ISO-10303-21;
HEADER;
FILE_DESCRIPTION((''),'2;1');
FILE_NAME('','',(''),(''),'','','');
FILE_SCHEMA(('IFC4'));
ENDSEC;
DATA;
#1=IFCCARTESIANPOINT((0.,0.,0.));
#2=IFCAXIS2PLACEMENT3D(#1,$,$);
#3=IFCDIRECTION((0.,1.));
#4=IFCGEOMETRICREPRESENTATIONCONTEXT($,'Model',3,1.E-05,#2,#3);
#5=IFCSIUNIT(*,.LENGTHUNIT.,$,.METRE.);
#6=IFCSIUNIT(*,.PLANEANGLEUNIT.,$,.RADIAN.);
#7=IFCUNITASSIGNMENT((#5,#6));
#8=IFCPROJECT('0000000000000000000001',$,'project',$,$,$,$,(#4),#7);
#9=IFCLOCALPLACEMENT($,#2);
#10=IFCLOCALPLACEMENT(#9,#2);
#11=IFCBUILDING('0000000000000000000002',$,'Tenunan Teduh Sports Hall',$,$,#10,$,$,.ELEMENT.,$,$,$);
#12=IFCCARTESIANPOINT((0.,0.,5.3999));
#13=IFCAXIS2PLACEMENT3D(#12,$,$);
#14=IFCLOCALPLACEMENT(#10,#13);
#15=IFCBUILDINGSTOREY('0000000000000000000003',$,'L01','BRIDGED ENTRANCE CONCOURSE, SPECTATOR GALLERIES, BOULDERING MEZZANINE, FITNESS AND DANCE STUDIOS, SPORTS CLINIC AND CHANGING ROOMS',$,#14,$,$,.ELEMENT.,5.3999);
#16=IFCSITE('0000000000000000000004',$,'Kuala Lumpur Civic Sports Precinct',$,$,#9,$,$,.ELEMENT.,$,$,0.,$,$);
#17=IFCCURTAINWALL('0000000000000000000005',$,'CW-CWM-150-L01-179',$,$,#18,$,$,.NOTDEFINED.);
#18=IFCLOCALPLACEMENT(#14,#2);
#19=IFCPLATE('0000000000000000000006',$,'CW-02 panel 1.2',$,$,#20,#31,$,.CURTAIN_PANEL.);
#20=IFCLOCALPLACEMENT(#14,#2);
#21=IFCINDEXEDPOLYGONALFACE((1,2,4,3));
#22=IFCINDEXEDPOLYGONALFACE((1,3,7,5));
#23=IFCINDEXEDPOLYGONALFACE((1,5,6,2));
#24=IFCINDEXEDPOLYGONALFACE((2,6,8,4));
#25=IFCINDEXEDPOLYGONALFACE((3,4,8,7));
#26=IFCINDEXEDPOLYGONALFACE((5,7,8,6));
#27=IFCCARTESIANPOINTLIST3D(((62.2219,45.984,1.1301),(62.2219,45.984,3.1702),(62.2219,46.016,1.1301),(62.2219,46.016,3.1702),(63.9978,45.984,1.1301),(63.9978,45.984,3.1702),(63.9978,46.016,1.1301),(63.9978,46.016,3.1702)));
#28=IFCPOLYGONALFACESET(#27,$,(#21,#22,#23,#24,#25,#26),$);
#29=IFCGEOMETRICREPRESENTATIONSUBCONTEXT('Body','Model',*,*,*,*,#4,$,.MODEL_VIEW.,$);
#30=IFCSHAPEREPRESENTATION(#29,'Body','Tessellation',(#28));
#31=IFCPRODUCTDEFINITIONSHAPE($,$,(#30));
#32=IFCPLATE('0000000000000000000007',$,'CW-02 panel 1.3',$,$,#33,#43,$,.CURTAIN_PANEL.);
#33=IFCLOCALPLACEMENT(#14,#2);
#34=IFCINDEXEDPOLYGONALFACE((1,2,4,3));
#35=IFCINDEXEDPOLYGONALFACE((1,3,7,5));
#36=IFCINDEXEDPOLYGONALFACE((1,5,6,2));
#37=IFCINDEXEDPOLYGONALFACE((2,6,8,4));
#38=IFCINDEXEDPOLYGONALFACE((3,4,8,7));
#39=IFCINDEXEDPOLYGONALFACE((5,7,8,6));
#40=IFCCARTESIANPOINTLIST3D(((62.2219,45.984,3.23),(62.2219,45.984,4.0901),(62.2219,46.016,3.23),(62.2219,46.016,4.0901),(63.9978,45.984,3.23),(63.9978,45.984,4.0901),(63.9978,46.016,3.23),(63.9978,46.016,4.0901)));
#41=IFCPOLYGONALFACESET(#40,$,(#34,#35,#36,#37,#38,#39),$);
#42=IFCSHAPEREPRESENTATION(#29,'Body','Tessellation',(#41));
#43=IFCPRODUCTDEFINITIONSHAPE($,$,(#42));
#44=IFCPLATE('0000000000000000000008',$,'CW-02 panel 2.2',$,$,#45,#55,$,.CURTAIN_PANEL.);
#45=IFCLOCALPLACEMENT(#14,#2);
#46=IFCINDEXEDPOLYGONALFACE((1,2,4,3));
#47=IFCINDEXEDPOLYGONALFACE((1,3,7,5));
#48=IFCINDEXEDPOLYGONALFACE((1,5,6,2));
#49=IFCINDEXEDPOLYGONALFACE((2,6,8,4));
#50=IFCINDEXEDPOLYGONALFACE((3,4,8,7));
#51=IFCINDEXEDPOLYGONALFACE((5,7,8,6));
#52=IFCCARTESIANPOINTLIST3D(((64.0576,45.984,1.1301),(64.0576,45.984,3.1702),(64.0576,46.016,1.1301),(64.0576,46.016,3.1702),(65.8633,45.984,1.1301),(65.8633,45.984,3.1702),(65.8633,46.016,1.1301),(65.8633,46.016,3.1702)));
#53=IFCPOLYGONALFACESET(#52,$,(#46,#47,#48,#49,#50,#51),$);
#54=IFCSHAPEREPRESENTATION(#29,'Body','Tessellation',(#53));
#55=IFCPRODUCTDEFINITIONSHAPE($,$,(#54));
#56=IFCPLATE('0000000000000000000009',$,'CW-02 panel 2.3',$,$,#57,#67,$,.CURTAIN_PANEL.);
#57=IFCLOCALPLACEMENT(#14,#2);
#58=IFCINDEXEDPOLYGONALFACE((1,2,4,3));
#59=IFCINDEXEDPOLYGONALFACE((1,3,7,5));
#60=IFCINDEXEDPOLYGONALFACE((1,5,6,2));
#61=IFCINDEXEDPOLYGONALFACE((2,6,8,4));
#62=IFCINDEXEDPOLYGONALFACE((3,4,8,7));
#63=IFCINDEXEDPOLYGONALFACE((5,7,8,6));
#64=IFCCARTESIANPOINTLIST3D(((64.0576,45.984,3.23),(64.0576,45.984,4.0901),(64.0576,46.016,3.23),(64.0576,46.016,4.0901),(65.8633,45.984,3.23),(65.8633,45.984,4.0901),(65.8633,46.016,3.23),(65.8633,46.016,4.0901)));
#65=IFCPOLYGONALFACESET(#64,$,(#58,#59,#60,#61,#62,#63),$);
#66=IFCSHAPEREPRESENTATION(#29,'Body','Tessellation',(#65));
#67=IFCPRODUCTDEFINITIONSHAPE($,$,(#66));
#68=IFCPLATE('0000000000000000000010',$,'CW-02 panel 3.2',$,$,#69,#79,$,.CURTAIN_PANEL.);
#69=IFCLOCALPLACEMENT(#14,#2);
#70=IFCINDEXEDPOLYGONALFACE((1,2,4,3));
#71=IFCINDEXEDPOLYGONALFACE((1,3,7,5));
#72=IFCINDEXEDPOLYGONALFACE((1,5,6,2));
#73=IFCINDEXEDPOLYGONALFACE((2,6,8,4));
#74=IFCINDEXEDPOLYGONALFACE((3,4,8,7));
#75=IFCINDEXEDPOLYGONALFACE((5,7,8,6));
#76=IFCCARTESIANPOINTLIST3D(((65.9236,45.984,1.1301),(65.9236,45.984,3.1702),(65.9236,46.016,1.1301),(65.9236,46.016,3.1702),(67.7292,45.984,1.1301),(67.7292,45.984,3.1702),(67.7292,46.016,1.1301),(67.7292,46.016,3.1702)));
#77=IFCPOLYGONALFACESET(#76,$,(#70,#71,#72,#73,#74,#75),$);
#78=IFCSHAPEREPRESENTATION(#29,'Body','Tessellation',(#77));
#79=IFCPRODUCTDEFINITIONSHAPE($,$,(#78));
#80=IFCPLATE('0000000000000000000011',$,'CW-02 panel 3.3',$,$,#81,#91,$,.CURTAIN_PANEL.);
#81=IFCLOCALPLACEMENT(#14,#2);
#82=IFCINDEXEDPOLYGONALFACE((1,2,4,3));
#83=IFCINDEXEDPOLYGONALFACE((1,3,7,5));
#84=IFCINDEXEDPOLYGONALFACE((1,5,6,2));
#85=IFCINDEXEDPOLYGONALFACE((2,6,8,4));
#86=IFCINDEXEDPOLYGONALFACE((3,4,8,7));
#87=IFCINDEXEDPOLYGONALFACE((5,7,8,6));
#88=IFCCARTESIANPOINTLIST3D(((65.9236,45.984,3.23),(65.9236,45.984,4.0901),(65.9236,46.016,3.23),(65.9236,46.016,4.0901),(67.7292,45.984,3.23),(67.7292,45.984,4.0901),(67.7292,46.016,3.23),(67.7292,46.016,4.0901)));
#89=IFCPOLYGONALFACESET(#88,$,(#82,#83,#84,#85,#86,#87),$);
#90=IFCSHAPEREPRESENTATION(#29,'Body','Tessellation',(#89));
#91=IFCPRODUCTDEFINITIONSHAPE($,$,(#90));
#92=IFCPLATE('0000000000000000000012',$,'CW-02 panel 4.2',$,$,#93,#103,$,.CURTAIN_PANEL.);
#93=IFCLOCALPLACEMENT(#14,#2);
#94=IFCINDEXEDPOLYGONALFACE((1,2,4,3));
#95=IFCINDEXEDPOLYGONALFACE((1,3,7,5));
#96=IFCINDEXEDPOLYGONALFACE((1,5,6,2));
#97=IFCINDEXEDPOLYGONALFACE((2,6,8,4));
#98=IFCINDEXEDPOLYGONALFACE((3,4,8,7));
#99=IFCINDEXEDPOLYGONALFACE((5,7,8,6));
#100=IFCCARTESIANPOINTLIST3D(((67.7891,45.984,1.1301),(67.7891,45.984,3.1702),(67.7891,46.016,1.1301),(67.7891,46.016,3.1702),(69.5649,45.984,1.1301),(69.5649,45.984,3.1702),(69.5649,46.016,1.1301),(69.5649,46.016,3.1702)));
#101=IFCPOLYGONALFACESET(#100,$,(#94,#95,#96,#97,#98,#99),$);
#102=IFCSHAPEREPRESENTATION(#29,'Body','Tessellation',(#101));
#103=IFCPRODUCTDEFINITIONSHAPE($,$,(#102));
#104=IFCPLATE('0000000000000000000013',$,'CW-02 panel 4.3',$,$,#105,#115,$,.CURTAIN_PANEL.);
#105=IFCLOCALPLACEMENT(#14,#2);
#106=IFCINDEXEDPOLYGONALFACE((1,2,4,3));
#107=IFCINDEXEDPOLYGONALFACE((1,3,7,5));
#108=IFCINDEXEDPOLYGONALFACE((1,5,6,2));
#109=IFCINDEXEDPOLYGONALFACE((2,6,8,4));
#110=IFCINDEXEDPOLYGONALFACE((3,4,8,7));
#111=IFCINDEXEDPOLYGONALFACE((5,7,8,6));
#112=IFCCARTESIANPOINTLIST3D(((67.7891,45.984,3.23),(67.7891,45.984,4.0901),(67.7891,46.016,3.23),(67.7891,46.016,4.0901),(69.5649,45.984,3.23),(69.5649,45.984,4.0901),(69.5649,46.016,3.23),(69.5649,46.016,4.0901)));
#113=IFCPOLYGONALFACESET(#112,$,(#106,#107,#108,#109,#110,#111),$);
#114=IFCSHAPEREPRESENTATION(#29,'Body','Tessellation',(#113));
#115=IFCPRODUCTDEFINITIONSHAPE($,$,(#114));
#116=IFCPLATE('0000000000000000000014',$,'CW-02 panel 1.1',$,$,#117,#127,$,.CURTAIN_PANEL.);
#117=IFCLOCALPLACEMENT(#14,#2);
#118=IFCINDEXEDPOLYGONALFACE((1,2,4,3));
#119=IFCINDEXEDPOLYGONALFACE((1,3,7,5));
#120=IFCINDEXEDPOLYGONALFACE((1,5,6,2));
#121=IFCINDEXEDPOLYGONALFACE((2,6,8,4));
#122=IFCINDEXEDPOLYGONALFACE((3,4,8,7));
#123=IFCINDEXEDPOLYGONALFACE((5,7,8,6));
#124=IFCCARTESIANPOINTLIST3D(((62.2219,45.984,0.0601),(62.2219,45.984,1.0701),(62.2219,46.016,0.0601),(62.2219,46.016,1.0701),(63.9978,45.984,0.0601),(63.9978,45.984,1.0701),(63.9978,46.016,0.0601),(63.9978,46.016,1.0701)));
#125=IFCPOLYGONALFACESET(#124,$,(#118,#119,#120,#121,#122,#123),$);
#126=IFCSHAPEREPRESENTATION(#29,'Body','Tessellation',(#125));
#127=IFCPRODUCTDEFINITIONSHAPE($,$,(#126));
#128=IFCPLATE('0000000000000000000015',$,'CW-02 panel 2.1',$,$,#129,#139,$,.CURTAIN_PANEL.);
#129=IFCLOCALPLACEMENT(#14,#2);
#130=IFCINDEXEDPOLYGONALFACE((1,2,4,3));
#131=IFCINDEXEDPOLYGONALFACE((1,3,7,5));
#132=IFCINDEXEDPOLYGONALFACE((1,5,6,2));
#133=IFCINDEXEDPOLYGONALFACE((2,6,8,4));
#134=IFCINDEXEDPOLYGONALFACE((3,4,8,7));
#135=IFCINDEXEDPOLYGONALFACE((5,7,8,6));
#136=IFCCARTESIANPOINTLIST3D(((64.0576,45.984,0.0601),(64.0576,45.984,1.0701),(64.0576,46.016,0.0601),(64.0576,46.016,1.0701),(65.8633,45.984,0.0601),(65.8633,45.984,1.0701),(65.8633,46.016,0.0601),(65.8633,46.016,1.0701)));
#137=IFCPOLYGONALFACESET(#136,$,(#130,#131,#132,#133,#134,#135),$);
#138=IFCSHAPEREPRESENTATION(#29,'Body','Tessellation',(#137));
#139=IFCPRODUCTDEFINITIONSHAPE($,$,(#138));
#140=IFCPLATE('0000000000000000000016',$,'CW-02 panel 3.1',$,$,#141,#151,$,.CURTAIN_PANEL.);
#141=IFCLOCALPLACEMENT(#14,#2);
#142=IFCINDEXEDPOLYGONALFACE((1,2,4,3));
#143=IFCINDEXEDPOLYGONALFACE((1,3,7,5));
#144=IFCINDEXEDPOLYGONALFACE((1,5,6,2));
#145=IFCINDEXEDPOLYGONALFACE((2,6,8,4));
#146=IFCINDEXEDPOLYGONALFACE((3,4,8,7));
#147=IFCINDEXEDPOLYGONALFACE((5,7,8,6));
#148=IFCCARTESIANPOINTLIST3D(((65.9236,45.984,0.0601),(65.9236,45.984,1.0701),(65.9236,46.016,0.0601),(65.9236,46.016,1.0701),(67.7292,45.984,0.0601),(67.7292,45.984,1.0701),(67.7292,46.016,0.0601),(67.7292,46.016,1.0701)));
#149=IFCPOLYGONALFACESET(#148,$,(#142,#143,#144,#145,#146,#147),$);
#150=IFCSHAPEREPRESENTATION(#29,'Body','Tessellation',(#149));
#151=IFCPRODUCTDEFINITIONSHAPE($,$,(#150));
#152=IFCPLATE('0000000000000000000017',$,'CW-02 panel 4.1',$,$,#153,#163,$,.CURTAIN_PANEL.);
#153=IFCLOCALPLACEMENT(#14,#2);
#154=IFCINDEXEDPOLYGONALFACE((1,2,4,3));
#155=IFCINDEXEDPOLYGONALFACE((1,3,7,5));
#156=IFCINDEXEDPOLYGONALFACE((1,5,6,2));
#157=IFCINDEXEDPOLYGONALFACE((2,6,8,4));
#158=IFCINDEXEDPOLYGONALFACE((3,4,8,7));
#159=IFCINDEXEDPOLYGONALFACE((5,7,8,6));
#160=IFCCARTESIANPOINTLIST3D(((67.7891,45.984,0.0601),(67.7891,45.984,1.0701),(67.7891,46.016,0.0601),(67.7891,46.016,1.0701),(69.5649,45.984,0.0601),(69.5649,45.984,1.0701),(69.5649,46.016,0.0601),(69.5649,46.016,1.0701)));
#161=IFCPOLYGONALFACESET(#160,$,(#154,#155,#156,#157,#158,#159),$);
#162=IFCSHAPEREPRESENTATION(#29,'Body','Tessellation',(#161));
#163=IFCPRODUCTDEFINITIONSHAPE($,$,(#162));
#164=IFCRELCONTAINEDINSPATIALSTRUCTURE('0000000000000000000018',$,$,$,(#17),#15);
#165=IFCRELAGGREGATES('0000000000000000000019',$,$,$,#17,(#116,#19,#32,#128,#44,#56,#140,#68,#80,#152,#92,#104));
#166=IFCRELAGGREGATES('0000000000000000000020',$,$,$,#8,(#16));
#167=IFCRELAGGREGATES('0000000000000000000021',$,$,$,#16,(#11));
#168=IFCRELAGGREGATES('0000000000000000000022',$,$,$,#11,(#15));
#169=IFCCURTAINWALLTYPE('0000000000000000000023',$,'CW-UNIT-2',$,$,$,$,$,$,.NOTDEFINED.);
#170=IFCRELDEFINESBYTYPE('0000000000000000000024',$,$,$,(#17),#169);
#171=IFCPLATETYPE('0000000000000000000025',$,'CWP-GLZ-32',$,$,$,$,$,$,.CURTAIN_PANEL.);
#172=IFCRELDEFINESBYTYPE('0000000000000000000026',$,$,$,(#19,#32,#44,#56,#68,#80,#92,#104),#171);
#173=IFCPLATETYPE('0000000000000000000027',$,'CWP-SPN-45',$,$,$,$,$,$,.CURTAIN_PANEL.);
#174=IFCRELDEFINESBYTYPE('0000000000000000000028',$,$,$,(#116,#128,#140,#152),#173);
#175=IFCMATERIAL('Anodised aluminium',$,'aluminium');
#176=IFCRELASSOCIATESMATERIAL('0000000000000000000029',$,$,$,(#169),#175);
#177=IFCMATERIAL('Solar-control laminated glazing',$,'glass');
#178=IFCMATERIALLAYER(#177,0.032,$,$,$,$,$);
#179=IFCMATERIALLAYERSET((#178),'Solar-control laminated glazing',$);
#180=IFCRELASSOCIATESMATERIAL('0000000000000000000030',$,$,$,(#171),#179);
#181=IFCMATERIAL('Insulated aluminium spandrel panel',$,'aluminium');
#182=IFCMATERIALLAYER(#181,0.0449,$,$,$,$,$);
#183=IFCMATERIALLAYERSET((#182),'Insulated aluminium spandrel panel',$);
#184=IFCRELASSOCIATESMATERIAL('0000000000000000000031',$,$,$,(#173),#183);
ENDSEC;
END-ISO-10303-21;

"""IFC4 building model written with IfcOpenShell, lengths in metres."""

from ifc_helpers import new_model, si_unit, direction, frame, origin, origin_2d, place, context, subcontext, project, spatial, rectangle, extrude, material, layer, layer_set, type_object, element, aggregate, save


model = new_model("IFC4")

# Units and contexts
model_context = context("Model", 3, precision=1e-05, world=origin(), true_north=direction((0.0, 1.0)))
body_context = subcontext(model_context, "Body", "Model", "MODEL_VIEW")
ifc_project = project(units=[si_unit("LENGTHUNIT", "METRE"), si_unit("PLANEANGLEUNIT", "RADIAN")], contexts=[model_context])

# Site, building, storey
site_placement = place(None, origin())
site = spatial("IfcSite", under=ifc_project, at=site_placement, Name="Kuala Lumpur Civic Sports Precinct", CompositionType="ELEMENT", RefElevation=0.0)
building_placement = place(site_placement, origin())
building = spatial("IfcBuilding", under=site, at=building_placement, Name="Tenunan Teduh Sports Hall", CompositionType="ELEMENT")
storey_placement = place(building_placement, frame((0.0, 0.0, 5.3999)))
storey = spatial("IfcBuildingStorey", under=building, at=storey_placement, Name="L01", Description="BRIDGED ENTRANCE CONCOURSE, SPECTATOR GALLERIES, BOULDERING MEZZANINE, FITNESS AND DANCE STUDIOS, SPORTS CLINIC AND CHANGING ROOMS", CompositionType="ELEMENT", Elevation=5.3999)

# Curtain wall
ifc_material_1 = material(Name="Anodised aluminium", Category="aluminium")
curtain_wall_type = type_object("IfcCurtainWallType", Name="CW-UNIT-2", PredefinedType="NOTDEFINED", material=ifc_material_1)
curtain_wall_placement = place(storey_placement, origin())
curtain_wall = element("IfcCurtainWall", 1, at=curtain_wall_placement, inside=storey, type_object=curtain_wall_type, Name="CW-CWM-150-L01-179", PredefinedType="NOTDEFINED")

# Plates
ifc_material_2 = material(Name="Solar-control laminated glazing", Category="glass")
ifc_layer_1 = layer(ifc_material_2, 0.032)
ifc_layer_set_1 = layer_set([ifc_layer_1], Name="Solar-control laminated glazing")
plate_type_1 = type_object("IfcPlateType", Name="CWP-GLZ-32", PredefinedType="CURTAIN_PANEL", material=ifc_layer_set_1)
plate_1_placement = place(storey_placement, frame((63.1099, 46.0, 1.1301), z_axis=(0.0, 0.0, 1.0), x_axis=(1.0, 0.0, 0.0)))
plate_1 = element("IfcPlate", 2, at=plate_1_placement, type_object=plate_type_1, Name="CW-02 panel 1.2", PredefinedType="CURTAIN_PANEL", context=body_context, shape_type="SweptSolid", body=[
    extrude(rectangle(XDim=1.7759, YDim=0.032, at=origin_2d()), origin(), (0.0, 0.0, 1.0), 2.04),
])
plate_2_placement = place(storey_placement, frame((63.1099, 46.0, 3.23), z_axis=(0.0, 0.0, 1.0), x_axis=(1.0, 0.0, 0.0)))
plate_2 = element("IfcPlate", 3, at=plate_2_placement, type_object=plate_type_1, Name="CW-02 panel 1.3", PredefinedType="CURTAIN_PANEL", context=body_context, shape_type="SweptSolid", body=[
    extrude(rectangle(XDim=1.7759, YDim=0.032, at=origin_2d()), origin(), (0.0, 0.0, 1.0), 0.8601),
])
plate_3_placement = place(storey_placement, frame((64.9604, 46.0, 1.1301), z_axis=(0.0, 0.0, 1.0), x_axis=(1.0, 0.0, 0.0)))
plate_3 = element("IfcPlate", 4, at=plate_3_placement, type_object=plate_type_1, Name="CW-02 panel 2.2", PredefinedType="CURTAIN_PANEL", context=body_context, shape_type="SweptSolid", body=[
    extrude(rectangle(XDim=1.8057, YDim=0.032, at=origin_2d()), origin(), (0.0, 0.0, 1.0), 2.04),
])
plate_4_placement = place(storey_placement, frame((64.9604, 46.0, 3.23), z_axis=(0.0, 0.0, 1.0), x_axis=(1.0, 0.0, 0.0)))
plate_4 = element("IfcPlate", 5, at=plate_4_placement, type_object=plate_type_1, Name="CW-02 panel 2.3", PredefinedType="CURTAIN_PANEL", context=body_context, shape_type="SweptSolid", body=[
    extrude(rectangle(XDim=1.8057, YDim=0.032, at=origin_2d()), origin(), (0.0, 0.0, 1.0), 0.8601),
])
plate_5_placement = place(storey_placement, frame((66.8264, 46.0, 1.1301), z_axis=(0.0, 0.0, 1.0), x_axis=(1.0, 0.0, 0.0)))
plate_5 = element("IfcPlate", 6, at=plate_5_placement, type_object=plate_type_1, Name="CW-02 panel 3.2", PredefinedType="CURTAIN_PANEL", context=body_context, shape_type="SweptSolid", body=[
    extrude(rectangle(XDim=1.8057, YDim=0.032, at=origin_2d()), origin(), (0.0, 0.0, 1.0), 2.04),
])
plate_6_placement = place(storey_placement, frame((66.8264, 46.0, 3.23), z_axis=(0.0, 0.0, 1.0), x_axis=(1.0, 0.0, 0.0)))
plate_6 = element("IfcPlate", 7, at=plate_6_placement, type_object=plate_type_1, Name="CW-02 panel 3.3", PredefinedType="CURTAIN_PANEL", context=body_context, shape_type="SweptSolid", body=[
    extrude(rectangle(XDim=1.8057, YDim=0.032, at=origin_2d()), origin(), (0.0, 0.0, 1.0), 0.8601),
])
plate_7_placement = place(storey_placement, frame((68.677, 46.0, 1.1301), z_axis=(0.0, 0.0, 1.0), x_axis=(1.0, 0.0, 0.0)))
plate_7 = element("IfcPlate", 8, at=plate_7_placement, type_object=plate_type_1, Name="CW-02 panel 4.2", PredefinedType="CURTAIN_PANEL", context=body_context, shape_type="SweptSolid", body=[
    extrude(rectangle(XDim=1.7759, YDim=0.032, at=origin_2d()), origin(), (0.0, 0.0, 1.0), 2.04),
])
plate_8_placement = place(storey_placement, frame((68.677, 46.0, 3.23), z_axis=(0.0, 0.0, 1.0), x_axis=(1.0, 0.0, 0.0)))
plate_8 = element("IfcPlate", 9, at=plate_8_placement, type_object=plate_type_1, Name="CW-02 panel 4.3", PredefinedType="CURTAIN_PANEL", context=body_context, shape_type="SweptSolid", body=[
    extrude(rectangle(XDim=1.7759, YDim=0.032, at=origin_2d()), origin(), (0.0, 0.0, 1.0), 0.8601),
])
ifc_material_3 = material(Name="Insulated aluminium spandrel panel", Category="aluminium")
ifc_layer_2 = layer(ifc_material_3, 0.0449)
ifc_layer_set_2 = layer_set([ifc_layer_2], Name="Insulated aluminium spandrel panel")
plate_type_2 = type_object("IfcPlateType", Name="CWP-SPN-45", PredefinedType="CURTAIN_PANEL", material=ifc_layer_set_2)
plate_9_placement = place(storey_placement, frame((63.1099, 46.0, 0.0601), z_axis=(0.0, 0.0, 1.0), x_axis=(1.0, 0.0, 0.0)))
plate_9 = element("IfcPlate", 10, at=plate_9_placement, type_object=plate_type_2, Name="CW-02 panel 1.1", PredefinedType="CURTAIN_PANEL", context=body_context, shape_type="SweptSolid", body=[
    extrude(rectangle(XDim=1.7759, YDim=0.032, at=origin_2d()), origin(), (0.0, 0.0, 1.0), 1.01),
])
plate_10_placement = place(storey_placement, frame((64.9604, 46.0, 0.0601), z_axis=(0.0, 0.0, 1.0), x_axis=(1.0, 0.0, 0.0)))
plate_10 = element("IfcPlate", 11, at=plate_10_placement, type_object=plate_type_2, Name="CW-02 panel 2.1", PredefinedType="CURTAIN_PANEL", context=body_context, shape_type="SweptSolid", body=[
    extrude(rectangle(XDim=1.8057, YDim=0.032, at=origin_2d()), origin(), (0.0, 0.0, 1.0), 1.01),
])
plate_11_placement = place(storey_placement, frame((66.8264, 46.0, 0.0601), z_axis=(0.0, 0.0, 1.0), x_axis=(1.0, 0.0, 0.0)))
plate_11 = element("IfcPlate", 12, at=plate_11_placement, type_object=plate_type_2, Name="CW-02 panel 3.1", PredefinedType="CURTAIN_PANEL", context=body_context, shape_type="SweptSolid", body=[
    extrude(rectangle(XDim=1.8057, YDim=0.032, at=origin_2d()), origin(), (0.0, 0.0, 1.0), 1.01),
])
plate_12_placement = place(storey_placement, frame((68.677, 46.0, 0.0601), z_axis=(0.0, 0.0, 1.0), x_axis=(1.0, 0.0, 0.0)))
plate_12 = element("IfcPlate", 13, at=plate_12_placement, type_object=plate_type_2, Name="CW-02 panel 4.1", PredefinedType="CURTAIN_PANEL", context=body_context, shape_type="SweptSolid", body=[
    extrude(rectangle(XDim=1.7759, YDim=0.032, at=origin_2d()), origin(), (0.0, 0.0, 1.0), 1.01),
])
aggregate(curtain_wall, [plate_9, plate_1, plate_2, plate_10, plate_3, plate_4, plate_11, plate_5, plate_6, plate_12, plate_7, plate_8])

save(model, "model.ifc")
